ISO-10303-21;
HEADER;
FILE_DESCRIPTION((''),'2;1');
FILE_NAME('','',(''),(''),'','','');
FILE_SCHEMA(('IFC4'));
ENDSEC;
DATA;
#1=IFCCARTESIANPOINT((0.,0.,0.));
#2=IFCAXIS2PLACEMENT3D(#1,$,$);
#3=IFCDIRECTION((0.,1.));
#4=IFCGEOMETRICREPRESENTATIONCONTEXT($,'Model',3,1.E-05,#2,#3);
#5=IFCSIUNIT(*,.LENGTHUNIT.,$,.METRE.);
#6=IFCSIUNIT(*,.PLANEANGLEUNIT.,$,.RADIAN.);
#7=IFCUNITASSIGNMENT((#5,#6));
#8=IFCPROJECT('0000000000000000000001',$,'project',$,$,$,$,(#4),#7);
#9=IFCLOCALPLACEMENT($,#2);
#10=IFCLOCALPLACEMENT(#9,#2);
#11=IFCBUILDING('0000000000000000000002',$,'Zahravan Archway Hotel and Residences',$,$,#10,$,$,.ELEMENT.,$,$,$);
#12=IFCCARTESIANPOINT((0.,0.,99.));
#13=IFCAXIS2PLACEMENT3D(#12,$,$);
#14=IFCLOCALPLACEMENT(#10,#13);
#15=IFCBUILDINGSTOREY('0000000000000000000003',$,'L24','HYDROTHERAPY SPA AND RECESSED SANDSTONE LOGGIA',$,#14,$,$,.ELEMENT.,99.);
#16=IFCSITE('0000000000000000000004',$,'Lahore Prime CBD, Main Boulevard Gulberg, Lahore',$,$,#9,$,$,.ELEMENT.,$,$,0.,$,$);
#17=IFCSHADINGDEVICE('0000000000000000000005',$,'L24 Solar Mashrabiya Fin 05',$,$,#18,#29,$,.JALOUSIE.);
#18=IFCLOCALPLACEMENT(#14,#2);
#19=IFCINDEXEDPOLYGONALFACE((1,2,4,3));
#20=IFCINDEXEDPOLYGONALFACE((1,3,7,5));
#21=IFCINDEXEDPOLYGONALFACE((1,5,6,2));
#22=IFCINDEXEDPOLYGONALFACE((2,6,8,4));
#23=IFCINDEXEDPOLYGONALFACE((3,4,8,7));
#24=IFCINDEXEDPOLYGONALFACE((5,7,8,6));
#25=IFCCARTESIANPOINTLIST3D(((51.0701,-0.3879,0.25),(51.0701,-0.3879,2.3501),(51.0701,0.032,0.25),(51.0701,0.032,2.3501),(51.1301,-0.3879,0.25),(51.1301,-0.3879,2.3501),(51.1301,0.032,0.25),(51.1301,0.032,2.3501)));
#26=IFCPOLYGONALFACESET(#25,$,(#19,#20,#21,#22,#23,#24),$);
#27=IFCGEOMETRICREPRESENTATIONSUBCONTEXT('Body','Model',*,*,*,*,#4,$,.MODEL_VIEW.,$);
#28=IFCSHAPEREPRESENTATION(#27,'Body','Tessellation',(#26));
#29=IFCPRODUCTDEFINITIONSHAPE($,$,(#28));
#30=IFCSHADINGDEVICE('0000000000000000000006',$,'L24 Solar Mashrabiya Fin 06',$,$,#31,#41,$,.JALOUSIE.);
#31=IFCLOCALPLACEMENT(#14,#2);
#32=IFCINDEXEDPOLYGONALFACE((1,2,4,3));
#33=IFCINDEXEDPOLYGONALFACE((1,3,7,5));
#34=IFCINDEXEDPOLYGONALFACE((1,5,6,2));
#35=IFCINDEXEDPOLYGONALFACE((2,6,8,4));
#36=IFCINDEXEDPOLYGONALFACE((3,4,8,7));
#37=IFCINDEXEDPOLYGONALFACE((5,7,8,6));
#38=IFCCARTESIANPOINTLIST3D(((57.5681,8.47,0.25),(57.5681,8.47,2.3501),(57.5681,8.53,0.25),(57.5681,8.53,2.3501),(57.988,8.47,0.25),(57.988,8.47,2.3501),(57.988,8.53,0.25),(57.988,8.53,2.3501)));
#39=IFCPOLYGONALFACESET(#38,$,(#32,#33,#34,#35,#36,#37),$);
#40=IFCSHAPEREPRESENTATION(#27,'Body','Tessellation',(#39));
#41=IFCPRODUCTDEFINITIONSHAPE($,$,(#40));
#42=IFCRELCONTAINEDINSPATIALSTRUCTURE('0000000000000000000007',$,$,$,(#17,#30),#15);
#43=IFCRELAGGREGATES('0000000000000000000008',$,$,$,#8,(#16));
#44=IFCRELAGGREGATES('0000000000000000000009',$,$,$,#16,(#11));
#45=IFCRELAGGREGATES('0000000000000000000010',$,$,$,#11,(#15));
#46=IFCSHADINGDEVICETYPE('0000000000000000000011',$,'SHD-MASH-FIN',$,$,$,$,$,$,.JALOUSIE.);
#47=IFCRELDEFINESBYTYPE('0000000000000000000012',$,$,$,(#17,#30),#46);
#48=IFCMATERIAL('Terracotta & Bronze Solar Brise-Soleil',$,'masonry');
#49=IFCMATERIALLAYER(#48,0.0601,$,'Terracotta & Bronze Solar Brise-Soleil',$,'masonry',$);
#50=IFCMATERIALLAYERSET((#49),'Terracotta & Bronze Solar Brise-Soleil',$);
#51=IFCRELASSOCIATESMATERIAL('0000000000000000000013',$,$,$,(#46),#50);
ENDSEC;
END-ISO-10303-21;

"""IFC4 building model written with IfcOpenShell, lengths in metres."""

from ifc_helpers import new_model, si_unit, direction, frame, origin, origin_2d, place, context, subcontext, project, spatial, rectangle, extrude, source, transform, mapped, material, layer, layer_set, type_object, type_shapes, element, save


model = new_model("IFC4")

# Units and contexts
model_context = context("Model", 3, precision=1e-05, world=origin(), true_north=direction((0.0, 1.0)))
body_context = subcontext(model_context, "Body", "Model", "MODEL_VIEW")
ifc_project = project(units=[si_unit("LENGTHUNIT", "METRE"), si_unit("PLANEANGLEUNIT", "RADIAN")], contexts=[model_context])

# Site, building, storey
site_placement = place(None, origin())
site = spatial("IfcSite", under=ifc_project, at=site_placement, Name="Lahore Prime CBD, Main Boulevard Gulberg, Lahore", CompositionType="ELEMENT", RefElevation=0.0)
building_placement = place(site_placement, origin())
building = spatial("IfcBuilding", under=site, at=building_placement, Name="Zahravan Archway Hotel and Residences", CompositionType="ELEMENT")
storey_placement = place(building_placement, frame((0.0, 0.0, 99.0)))
storey = spatial("IfcBuildingStorey", under=building, at=storey_placement, Name="L24", Description="HYDROTHERAPY SPA AND RECESSED SANDSTONE LOGGIA", CompositionType="ELEMENT", Elevation=99.0)

# Shading devices
ifc_material_1 = material(Name="Terracotta & Bronze Solar Brise-Soleil", Category="masonry")
ifc_layer_1 = layer(ifc_material_1, 0.0601, Name="Terracotta & Bronze Solar Brise-Soleil", Category="masonry")
ifc_layer_set_1 = layer_set([ifc_layer_1], Name="Terracotta & Bronze Solar Brise-Soleil")
shading_device_type = type_object("IfcShadingDeviceType", Name="SHD-MASH-FIN", PredefinedType="JALOUSIE", material=ifc_layer_set_1)
shared_shape_1 = source(origin(), body_context, "Body", "SweptSolid", [
    extrude(rectangle(XDim=0.0601, YDim=0.4199, at=origin_2d()), origin(), (0.0, 0.0, 1.0), 2.1001),
])
type_shapes(shading_device_type, [shared_shape_1])
for number, where, z_axis, x_axis, name in (
    (1, (51.1001, -0.178, 0.25), (0.0, 0.0, 1.0), (1.0, 0.0, 0.0), "L24 Solar Mashrabiya Fin 05"),
    (2, (57.7781, 8.5, 0.25), (0.0, 0.0, 1.0), (0.0, 1.0, 0.0), "L24 Solar Mashrabiya Fin 06"),
):
    element("IfcShadingDevice", number, at=place(storey_placement, frame(where, z_axis=z_axis, x_axis=x_axis)), inside=storey, type_object=shading_device_type, Name=name, PredefinedType="JALOUSIE", context=body_context, shape_type="MappedRepresentation", body=[
        mapped(shared_shape_1, transform((0.0, 0.0, 0.0), scale=1.0)),
    ])

save(model, "model.ifc")
